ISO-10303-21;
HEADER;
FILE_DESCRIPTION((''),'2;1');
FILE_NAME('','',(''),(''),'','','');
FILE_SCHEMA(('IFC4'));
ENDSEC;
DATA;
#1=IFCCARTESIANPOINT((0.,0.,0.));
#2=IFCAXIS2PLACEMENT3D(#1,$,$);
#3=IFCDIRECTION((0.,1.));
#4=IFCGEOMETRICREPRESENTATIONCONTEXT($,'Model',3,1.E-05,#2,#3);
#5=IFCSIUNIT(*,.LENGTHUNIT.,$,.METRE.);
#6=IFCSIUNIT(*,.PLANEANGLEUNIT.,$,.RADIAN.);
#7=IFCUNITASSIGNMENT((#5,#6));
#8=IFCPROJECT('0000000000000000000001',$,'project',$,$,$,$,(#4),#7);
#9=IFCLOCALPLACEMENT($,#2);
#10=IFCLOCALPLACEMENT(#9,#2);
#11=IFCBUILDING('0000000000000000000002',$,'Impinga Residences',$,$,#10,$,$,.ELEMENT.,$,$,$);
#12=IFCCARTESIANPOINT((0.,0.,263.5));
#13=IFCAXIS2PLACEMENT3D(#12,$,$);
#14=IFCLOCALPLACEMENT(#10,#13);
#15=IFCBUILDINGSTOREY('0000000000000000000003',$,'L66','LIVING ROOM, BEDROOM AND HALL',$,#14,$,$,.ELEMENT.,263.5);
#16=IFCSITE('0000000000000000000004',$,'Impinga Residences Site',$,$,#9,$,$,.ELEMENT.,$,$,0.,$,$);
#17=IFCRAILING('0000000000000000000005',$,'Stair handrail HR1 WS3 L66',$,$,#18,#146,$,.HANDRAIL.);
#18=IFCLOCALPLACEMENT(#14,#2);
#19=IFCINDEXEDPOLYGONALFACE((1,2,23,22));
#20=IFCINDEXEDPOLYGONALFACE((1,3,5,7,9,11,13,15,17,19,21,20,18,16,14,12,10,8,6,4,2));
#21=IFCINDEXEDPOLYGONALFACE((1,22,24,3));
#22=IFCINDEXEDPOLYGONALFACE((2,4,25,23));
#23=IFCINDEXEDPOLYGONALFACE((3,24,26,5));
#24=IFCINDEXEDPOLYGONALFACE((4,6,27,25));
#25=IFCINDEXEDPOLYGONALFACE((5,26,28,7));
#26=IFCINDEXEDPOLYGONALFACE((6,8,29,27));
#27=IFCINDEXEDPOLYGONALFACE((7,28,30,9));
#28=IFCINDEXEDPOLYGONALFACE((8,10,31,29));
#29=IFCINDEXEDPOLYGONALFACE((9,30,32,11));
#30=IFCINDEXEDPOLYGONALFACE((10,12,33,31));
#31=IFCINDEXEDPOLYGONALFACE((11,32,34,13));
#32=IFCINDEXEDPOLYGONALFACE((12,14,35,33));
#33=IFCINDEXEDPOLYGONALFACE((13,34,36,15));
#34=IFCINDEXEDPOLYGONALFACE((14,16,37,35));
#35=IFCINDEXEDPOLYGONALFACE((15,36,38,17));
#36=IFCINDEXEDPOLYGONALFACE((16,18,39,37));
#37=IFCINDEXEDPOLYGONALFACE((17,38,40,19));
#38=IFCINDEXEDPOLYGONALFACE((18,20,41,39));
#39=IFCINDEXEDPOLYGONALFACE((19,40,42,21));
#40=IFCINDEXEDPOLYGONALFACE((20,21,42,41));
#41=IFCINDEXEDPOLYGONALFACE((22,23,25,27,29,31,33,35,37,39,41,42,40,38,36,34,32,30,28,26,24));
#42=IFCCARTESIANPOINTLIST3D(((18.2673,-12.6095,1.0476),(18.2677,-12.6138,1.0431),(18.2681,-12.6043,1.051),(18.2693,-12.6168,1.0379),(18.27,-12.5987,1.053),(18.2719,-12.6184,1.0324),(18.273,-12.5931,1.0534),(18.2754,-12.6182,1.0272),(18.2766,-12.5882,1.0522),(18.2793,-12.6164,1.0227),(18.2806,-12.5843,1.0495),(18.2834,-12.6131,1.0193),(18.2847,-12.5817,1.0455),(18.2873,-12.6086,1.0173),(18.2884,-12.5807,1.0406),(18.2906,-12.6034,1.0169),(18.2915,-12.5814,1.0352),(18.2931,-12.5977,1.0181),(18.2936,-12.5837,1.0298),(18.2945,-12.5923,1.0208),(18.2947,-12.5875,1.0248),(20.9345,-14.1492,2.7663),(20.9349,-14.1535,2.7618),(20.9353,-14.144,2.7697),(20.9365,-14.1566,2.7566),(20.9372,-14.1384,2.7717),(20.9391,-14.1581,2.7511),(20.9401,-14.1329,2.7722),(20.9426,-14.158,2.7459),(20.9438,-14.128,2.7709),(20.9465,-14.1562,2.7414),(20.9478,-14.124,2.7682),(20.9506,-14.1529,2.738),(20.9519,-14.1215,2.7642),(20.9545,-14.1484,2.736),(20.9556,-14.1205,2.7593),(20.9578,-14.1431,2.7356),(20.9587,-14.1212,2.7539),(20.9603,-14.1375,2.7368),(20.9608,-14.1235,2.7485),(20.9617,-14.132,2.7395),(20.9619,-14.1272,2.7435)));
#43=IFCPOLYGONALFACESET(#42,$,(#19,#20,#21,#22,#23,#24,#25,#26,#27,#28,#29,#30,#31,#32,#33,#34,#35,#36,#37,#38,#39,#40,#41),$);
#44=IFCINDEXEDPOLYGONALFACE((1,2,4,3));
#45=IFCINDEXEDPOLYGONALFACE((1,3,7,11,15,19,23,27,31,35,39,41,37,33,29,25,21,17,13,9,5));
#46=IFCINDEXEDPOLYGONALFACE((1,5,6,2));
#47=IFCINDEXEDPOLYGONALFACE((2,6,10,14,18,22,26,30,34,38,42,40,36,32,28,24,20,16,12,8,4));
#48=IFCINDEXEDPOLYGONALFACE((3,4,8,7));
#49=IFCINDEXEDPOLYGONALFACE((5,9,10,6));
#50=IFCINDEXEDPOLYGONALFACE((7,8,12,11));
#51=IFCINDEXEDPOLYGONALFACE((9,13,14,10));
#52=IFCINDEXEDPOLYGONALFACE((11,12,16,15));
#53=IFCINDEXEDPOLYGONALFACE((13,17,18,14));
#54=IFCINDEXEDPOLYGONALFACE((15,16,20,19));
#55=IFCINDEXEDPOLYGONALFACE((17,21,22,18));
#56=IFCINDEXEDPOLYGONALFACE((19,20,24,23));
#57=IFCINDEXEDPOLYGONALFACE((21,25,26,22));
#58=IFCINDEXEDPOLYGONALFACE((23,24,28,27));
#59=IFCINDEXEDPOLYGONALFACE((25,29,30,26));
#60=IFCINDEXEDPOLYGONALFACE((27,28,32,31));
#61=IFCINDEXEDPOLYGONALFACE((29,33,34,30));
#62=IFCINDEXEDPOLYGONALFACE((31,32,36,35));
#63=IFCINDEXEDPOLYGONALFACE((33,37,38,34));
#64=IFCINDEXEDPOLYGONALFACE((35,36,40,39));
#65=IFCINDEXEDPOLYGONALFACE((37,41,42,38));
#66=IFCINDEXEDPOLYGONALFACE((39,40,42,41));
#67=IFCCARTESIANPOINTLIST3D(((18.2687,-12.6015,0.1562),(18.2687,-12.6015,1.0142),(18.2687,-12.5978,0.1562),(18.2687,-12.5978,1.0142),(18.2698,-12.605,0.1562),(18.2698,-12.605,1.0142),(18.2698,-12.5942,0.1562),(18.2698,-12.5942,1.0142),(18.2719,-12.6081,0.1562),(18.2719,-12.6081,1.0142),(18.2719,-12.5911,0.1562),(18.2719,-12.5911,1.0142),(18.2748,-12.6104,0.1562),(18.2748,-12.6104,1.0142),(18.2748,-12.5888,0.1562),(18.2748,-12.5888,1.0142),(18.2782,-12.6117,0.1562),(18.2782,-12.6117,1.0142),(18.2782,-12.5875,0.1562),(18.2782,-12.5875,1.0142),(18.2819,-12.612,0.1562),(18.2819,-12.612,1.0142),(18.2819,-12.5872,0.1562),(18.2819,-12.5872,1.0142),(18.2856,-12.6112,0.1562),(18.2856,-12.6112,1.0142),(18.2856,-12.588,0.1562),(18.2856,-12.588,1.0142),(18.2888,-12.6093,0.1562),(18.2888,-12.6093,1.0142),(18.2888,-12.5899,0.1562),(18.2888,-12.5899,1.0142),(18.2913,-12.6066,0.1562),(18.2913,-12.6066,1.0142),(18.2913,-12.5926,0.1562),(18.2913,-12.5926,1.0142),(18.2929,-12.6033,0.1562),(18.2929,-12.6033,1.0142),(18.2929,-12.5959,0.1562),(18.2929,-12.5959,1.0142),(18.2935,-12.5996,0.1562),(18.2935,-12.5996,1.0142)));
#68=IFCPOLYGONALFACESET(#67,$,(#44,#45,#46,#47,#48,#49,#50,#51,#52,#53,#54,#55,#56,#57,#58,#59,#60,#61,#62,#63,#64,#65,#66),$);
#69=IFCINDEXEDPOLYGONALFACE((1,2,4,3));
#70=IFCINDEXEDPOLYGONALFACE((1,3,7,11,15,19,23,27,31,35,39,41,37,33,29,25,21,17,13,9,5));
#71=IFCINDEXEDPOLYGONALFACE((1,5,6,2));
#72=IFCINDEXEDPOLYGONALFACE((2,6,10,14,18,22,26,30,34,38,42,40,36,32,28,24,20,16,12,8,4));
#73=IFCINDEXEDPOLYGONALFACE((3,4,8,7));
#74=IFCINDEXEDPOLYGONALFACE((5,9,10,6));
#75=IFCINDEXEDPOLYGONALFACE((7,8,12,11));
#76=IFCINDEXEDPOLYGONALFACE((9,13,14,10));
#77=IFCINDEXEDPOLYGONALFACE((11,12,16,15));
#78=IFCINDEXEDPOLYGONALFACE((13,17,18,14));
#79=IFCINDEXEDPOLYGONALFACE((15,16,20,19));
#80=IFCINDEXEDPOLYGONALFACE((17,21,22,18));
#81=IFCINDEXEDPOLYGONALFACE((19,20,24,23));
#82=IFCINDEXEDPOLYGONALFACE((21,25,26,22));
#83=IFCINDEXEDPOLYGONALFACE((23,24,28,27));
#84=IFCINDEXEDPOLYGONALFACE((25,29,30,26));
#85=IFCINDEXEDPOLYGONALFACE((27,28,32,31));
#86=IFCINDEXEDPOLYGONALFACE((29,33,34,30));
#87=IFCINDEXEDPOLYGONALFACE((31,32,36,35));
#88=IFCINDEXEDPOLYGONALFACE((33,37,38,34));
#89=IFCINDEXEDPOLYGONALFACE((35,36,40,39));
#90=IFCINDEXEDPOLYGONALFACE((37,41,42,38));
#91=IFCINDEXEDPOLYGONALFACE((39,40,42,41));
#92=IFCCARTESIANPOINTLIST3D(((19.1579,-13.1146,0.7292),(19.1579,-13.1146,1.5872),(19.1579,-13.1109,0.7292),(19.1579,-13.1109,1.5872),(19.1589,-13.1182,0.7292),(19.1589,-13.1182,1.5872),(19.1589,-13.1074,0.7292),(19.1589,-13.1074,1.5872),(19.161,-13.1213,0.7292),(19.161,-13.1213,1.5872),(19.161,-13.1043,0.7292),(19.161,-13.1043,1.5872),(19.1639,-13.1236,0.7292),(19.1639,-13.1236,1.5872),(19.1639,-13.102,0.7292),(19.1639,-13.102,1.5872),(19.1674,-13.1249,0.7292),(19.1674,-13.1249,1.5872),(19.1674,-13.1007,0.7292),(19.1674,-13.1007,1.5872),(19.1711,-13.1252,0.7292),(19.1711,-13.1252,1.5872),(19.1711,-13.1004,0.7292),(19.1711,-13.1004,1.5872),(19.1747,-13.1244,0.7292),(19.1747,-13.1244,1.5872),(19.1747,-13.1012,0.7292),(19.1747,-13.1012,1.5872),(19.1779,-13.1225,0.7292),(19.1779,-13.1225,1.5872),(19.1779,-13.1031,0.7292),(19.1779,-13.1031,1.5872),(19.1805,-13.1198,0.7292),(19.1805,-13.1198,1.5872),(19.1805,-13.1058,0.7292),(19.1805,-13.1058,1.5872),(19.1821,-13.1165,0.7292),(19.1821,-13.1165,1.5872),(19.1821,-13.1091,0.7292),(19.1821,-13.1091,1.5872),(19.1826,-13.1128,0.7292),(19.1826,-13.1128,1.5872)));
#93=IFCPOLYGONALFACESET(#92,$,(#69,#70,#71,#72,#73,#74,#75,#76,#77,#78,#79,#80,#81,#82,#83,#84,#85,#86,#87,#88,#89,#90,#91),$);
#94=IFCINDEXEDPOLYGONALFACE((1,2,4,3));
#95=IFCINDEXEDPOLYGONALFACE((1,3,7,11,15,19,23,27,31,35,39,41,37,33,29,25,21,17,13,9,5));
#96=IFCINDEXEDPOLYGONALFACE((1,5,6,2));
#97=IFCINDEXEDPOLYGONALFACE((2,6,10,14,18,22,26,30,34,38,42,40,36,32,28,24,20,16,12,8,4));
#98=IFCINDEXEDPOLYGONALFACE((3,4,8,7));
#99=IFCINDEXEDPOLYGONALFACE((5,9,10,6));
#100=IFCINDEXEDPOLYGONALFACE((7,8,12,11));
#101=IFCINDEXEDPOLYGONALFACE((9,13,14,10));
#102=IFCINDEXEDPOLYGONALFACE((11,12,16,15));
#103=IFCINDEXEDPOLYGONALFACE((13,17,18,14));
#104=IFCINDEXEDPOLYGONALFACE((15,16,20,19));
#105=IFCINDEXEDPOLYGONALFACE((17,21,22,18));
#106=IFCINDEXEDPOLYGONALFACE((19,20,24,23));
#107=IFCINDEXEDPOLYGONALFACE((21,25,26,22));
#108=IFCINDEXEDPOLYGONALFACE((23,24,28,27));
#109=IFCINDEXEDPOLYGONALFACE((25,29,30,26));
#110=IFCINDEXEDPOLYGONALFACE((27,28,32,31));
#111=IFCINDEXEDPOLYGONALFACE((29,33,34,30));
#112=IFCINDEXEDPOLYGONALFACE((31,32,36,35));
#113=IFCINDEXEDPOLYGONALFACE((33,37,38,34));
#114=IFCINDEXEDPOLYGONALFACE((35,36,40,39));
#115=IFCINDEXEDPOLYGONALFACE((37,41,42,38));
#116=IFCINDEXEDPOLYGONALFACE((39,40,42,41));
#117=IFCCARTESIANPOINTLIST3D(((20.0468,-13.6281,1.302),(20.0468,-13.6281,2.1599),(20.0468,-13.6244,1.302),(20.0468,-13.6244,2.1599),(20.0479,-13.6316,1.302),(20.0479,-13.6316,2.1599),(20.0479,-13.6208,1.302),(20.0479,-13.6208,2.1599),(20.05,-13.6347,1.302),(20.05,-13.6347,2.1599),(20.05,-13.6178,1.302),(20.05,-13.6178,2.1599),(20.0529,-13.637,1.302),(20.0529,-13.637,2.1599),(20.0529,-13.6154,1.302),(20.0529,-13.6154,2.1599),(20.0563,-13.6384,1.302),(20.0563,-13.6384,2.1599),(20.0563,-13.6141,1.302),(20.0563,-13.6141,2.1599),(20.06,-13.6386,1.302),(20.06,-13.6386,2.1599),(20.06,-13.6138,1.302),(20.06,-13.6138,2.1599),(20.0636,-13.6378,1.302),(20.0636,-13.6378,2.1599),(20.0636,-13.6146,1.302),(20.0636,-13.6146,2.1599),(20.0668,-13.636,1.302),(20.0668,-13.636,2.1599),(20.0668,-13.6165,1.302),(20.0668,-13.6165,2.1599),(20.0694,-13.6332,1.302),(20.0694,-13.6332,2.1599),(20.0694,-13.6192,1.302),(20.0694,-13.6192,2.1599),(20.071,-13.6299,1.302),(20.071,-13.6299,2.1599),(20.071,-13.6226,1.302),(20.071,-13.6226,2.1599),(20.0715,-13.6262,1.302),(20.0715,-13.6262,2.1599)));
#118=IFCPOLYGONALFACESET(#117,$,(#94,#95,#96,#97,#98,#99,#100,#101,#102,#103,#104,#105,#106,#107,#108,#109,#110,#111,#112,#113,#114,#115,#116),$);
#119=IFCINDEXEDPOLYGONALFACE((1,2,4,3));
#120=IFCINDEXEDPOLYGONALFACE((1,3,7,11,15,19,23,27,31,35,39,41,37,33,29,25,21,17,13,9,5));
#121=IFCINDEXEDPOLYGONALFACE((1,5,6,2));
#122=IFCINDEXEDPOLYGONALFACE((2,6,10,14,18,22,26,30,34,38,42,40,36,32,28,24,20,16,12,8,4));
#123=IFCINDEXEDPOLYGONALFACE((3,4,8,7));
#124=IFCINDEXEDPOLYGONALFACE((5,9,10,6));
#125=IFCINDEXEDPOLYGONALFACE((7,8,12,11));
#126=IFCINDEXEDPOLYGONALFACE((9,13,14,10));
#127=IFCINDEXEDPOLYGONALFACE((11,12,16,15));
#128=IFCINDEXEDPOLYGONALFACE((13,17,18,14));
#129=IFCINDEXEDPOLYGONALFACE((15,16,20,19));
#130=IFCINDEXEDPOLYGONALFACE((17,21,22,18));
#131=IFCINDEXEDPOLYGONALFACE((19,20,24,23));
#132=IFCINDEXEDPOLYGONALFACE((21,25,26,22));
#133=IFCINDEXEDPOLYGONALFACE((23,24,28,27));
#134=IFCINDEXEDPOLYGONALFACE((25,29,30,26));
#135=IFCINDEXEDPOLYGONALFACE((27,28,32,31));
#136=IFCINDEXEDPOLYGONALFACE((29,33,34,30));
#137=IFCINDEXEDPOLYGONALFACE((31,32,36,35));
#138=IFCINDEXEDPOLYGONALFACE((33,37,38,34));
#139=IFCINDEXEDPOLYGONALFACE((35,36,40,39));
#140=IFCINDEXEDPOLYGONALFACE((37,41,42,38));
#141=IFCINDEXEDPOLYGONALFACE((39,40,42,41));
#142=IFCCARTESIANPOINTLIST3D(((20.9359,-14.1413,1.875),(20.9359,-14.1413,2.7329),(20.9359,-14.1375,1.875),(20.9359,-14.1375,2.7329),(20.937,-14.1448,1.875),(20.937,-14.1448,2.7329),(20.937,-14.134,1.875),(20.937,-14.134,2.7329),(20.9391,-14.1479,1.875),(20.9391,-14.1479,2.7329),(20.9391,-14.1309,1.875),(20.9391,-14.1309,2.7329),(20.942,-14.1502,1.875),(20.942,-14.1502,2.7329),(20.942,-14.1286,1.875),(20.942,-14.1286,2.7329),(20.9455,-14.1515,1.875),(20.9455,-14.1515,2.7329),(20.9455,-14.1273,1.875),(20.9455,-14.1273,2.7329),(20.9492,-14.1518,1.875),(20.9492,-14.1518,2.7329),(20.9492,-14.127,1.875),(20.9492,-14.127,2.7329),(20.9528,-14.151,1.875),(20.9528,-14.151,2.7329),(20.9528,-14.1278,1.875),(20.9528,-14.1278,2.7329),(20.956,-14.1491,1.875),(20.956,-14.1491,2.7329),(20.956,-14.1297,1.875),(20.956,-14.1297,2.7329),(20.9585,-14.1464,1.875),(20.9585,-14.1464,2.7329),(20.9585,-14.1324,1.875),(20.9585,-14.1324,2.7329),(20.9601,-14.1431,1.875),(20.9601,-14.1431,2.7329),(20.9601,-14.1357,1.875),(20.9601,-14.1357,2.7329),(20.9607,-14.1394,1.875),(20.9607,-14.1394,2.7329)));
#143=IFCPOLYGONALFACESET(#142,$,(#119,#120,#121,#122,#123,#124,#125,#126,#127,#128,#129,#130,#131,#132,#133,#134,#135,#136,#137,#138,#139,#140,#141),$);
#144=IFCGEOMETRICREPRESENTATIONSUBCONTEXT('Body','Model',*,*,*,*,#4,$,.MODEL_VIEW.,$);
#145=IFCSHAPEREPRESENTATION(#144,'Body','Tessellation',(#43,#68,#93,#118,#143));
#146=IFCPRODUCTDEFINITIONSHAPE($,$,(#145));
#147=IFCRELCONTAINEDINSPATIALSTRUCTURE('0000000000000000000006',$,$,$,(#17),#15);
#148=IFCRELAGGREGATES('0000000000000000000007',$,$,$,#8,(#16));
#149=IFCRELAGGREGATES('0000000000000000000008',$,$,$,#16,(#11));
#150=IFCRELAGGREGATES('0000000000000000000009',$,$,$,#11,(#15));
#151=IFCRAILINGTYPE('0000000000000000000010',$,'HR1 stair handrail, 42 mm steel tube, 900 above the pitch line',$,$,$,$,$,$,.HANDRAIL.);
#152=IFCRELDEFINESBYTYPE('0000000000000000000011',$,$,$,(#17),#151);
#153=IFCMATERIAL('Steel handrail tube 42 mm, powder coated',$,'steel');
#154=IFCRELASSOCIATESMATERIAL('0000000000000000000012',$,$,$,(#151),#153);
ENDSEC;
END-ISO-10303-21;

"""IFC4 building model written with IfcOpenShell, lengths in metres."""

from ifc_helpers import new_model, si_unit, direction, frame, origin, origin_2d, place, context, subcontext, project, spatial, circle, extrude, material, type_object, element, save


model = new_model("IFC4")

# Units and contexts
model_context = context("Model", 3, precision=1e-05, world=origin(), true_north=direction((0.0, 1.0)))
body_context = subcontext(model_context, "Body", "Model", "MODEL_VIEW")
ifc_project = project(units=[si_unit("LENGTHUNIT", "METRE"), si_unit("PLANEANGLEUNIT", "RADIAN")], contexts=[model_context])

# Site, building, storey
site_placement = place(None, origin())
site = spatial("IfcSite", under=ifc_project, at=site_placement, Name="Impinga Residences Site", CompositionType="ELEMENT", RefElevation=0.0)
building_placement = place(site_placement, origin())
building = spatial("IfcBuilding", under=site, at=building_placement, Name="Impinga Residences", CompositionType="ELEMENT")
storey_placement = place(building_placement, frame((0.0, 0.0, 263.5)))
storey = spatial("IfcBuildingStorey", under=building, at=storey_placement, Name="L66", Description="LIVING ROOM, BEDROOM AND HALL", CompositionType="ELEMENT", Elevation=263.5)

# Railing
ifc_material_1 = material(Name="Steel handrail tube 42 mm, powder coated", Category="steel")
railing_type = type_object("IfcRailingType", Name="HR1 stair handrail, 42 mm steel tube, 900 above the pitch line", PredefinedType="HANDRAIL", material=ifc_material_1)
railing_placement = place(storey_placement, frame((18.281, -12.5996, 0.1562)))
element("IfcRailing", 1, at=railing_placement, inside=storey, type_object=railing_type, Name="Stair handrail HR1 WS3 L66", PredefinedType="HANDRAIL", context=body_context, shape_type="SweptSolid", body=[
    extrude(circle(Radius=0.021, at=origin_2d()), frame((0.0, 0.0, 0.8789), z_axis=(0.756249, -0.436582, 0.487322), x_axis=(0.499967, 0.866044, 0.0)), (0.0, 0.0, 1.0), 3.5269),
    extrude(circle(Radius=0.0125, at=origin_2d()), origin(), (0.0, 0.0, 1.0), 0.8579),
    extrude(circle(Radius=0.0125, at=origin_2d()), frame((0.8892, -0.5132, 0.573)), (0.0, 0.0, 1.0), 0.8579),
    extrude(circle(Radius=0.0125, at=origin_2d()), frame((1.7781, -1.0266, 1.1458)), (0.0, 0.0, 1.0), 0.8579),
    extrude(circle(Radius=0.0125, at=origin_2d()), frame((2.6672, -1.5398, 1.7188)), (0.0, 0.0, 1.0), 0.8579),
])

save(model, "model.ifc")
